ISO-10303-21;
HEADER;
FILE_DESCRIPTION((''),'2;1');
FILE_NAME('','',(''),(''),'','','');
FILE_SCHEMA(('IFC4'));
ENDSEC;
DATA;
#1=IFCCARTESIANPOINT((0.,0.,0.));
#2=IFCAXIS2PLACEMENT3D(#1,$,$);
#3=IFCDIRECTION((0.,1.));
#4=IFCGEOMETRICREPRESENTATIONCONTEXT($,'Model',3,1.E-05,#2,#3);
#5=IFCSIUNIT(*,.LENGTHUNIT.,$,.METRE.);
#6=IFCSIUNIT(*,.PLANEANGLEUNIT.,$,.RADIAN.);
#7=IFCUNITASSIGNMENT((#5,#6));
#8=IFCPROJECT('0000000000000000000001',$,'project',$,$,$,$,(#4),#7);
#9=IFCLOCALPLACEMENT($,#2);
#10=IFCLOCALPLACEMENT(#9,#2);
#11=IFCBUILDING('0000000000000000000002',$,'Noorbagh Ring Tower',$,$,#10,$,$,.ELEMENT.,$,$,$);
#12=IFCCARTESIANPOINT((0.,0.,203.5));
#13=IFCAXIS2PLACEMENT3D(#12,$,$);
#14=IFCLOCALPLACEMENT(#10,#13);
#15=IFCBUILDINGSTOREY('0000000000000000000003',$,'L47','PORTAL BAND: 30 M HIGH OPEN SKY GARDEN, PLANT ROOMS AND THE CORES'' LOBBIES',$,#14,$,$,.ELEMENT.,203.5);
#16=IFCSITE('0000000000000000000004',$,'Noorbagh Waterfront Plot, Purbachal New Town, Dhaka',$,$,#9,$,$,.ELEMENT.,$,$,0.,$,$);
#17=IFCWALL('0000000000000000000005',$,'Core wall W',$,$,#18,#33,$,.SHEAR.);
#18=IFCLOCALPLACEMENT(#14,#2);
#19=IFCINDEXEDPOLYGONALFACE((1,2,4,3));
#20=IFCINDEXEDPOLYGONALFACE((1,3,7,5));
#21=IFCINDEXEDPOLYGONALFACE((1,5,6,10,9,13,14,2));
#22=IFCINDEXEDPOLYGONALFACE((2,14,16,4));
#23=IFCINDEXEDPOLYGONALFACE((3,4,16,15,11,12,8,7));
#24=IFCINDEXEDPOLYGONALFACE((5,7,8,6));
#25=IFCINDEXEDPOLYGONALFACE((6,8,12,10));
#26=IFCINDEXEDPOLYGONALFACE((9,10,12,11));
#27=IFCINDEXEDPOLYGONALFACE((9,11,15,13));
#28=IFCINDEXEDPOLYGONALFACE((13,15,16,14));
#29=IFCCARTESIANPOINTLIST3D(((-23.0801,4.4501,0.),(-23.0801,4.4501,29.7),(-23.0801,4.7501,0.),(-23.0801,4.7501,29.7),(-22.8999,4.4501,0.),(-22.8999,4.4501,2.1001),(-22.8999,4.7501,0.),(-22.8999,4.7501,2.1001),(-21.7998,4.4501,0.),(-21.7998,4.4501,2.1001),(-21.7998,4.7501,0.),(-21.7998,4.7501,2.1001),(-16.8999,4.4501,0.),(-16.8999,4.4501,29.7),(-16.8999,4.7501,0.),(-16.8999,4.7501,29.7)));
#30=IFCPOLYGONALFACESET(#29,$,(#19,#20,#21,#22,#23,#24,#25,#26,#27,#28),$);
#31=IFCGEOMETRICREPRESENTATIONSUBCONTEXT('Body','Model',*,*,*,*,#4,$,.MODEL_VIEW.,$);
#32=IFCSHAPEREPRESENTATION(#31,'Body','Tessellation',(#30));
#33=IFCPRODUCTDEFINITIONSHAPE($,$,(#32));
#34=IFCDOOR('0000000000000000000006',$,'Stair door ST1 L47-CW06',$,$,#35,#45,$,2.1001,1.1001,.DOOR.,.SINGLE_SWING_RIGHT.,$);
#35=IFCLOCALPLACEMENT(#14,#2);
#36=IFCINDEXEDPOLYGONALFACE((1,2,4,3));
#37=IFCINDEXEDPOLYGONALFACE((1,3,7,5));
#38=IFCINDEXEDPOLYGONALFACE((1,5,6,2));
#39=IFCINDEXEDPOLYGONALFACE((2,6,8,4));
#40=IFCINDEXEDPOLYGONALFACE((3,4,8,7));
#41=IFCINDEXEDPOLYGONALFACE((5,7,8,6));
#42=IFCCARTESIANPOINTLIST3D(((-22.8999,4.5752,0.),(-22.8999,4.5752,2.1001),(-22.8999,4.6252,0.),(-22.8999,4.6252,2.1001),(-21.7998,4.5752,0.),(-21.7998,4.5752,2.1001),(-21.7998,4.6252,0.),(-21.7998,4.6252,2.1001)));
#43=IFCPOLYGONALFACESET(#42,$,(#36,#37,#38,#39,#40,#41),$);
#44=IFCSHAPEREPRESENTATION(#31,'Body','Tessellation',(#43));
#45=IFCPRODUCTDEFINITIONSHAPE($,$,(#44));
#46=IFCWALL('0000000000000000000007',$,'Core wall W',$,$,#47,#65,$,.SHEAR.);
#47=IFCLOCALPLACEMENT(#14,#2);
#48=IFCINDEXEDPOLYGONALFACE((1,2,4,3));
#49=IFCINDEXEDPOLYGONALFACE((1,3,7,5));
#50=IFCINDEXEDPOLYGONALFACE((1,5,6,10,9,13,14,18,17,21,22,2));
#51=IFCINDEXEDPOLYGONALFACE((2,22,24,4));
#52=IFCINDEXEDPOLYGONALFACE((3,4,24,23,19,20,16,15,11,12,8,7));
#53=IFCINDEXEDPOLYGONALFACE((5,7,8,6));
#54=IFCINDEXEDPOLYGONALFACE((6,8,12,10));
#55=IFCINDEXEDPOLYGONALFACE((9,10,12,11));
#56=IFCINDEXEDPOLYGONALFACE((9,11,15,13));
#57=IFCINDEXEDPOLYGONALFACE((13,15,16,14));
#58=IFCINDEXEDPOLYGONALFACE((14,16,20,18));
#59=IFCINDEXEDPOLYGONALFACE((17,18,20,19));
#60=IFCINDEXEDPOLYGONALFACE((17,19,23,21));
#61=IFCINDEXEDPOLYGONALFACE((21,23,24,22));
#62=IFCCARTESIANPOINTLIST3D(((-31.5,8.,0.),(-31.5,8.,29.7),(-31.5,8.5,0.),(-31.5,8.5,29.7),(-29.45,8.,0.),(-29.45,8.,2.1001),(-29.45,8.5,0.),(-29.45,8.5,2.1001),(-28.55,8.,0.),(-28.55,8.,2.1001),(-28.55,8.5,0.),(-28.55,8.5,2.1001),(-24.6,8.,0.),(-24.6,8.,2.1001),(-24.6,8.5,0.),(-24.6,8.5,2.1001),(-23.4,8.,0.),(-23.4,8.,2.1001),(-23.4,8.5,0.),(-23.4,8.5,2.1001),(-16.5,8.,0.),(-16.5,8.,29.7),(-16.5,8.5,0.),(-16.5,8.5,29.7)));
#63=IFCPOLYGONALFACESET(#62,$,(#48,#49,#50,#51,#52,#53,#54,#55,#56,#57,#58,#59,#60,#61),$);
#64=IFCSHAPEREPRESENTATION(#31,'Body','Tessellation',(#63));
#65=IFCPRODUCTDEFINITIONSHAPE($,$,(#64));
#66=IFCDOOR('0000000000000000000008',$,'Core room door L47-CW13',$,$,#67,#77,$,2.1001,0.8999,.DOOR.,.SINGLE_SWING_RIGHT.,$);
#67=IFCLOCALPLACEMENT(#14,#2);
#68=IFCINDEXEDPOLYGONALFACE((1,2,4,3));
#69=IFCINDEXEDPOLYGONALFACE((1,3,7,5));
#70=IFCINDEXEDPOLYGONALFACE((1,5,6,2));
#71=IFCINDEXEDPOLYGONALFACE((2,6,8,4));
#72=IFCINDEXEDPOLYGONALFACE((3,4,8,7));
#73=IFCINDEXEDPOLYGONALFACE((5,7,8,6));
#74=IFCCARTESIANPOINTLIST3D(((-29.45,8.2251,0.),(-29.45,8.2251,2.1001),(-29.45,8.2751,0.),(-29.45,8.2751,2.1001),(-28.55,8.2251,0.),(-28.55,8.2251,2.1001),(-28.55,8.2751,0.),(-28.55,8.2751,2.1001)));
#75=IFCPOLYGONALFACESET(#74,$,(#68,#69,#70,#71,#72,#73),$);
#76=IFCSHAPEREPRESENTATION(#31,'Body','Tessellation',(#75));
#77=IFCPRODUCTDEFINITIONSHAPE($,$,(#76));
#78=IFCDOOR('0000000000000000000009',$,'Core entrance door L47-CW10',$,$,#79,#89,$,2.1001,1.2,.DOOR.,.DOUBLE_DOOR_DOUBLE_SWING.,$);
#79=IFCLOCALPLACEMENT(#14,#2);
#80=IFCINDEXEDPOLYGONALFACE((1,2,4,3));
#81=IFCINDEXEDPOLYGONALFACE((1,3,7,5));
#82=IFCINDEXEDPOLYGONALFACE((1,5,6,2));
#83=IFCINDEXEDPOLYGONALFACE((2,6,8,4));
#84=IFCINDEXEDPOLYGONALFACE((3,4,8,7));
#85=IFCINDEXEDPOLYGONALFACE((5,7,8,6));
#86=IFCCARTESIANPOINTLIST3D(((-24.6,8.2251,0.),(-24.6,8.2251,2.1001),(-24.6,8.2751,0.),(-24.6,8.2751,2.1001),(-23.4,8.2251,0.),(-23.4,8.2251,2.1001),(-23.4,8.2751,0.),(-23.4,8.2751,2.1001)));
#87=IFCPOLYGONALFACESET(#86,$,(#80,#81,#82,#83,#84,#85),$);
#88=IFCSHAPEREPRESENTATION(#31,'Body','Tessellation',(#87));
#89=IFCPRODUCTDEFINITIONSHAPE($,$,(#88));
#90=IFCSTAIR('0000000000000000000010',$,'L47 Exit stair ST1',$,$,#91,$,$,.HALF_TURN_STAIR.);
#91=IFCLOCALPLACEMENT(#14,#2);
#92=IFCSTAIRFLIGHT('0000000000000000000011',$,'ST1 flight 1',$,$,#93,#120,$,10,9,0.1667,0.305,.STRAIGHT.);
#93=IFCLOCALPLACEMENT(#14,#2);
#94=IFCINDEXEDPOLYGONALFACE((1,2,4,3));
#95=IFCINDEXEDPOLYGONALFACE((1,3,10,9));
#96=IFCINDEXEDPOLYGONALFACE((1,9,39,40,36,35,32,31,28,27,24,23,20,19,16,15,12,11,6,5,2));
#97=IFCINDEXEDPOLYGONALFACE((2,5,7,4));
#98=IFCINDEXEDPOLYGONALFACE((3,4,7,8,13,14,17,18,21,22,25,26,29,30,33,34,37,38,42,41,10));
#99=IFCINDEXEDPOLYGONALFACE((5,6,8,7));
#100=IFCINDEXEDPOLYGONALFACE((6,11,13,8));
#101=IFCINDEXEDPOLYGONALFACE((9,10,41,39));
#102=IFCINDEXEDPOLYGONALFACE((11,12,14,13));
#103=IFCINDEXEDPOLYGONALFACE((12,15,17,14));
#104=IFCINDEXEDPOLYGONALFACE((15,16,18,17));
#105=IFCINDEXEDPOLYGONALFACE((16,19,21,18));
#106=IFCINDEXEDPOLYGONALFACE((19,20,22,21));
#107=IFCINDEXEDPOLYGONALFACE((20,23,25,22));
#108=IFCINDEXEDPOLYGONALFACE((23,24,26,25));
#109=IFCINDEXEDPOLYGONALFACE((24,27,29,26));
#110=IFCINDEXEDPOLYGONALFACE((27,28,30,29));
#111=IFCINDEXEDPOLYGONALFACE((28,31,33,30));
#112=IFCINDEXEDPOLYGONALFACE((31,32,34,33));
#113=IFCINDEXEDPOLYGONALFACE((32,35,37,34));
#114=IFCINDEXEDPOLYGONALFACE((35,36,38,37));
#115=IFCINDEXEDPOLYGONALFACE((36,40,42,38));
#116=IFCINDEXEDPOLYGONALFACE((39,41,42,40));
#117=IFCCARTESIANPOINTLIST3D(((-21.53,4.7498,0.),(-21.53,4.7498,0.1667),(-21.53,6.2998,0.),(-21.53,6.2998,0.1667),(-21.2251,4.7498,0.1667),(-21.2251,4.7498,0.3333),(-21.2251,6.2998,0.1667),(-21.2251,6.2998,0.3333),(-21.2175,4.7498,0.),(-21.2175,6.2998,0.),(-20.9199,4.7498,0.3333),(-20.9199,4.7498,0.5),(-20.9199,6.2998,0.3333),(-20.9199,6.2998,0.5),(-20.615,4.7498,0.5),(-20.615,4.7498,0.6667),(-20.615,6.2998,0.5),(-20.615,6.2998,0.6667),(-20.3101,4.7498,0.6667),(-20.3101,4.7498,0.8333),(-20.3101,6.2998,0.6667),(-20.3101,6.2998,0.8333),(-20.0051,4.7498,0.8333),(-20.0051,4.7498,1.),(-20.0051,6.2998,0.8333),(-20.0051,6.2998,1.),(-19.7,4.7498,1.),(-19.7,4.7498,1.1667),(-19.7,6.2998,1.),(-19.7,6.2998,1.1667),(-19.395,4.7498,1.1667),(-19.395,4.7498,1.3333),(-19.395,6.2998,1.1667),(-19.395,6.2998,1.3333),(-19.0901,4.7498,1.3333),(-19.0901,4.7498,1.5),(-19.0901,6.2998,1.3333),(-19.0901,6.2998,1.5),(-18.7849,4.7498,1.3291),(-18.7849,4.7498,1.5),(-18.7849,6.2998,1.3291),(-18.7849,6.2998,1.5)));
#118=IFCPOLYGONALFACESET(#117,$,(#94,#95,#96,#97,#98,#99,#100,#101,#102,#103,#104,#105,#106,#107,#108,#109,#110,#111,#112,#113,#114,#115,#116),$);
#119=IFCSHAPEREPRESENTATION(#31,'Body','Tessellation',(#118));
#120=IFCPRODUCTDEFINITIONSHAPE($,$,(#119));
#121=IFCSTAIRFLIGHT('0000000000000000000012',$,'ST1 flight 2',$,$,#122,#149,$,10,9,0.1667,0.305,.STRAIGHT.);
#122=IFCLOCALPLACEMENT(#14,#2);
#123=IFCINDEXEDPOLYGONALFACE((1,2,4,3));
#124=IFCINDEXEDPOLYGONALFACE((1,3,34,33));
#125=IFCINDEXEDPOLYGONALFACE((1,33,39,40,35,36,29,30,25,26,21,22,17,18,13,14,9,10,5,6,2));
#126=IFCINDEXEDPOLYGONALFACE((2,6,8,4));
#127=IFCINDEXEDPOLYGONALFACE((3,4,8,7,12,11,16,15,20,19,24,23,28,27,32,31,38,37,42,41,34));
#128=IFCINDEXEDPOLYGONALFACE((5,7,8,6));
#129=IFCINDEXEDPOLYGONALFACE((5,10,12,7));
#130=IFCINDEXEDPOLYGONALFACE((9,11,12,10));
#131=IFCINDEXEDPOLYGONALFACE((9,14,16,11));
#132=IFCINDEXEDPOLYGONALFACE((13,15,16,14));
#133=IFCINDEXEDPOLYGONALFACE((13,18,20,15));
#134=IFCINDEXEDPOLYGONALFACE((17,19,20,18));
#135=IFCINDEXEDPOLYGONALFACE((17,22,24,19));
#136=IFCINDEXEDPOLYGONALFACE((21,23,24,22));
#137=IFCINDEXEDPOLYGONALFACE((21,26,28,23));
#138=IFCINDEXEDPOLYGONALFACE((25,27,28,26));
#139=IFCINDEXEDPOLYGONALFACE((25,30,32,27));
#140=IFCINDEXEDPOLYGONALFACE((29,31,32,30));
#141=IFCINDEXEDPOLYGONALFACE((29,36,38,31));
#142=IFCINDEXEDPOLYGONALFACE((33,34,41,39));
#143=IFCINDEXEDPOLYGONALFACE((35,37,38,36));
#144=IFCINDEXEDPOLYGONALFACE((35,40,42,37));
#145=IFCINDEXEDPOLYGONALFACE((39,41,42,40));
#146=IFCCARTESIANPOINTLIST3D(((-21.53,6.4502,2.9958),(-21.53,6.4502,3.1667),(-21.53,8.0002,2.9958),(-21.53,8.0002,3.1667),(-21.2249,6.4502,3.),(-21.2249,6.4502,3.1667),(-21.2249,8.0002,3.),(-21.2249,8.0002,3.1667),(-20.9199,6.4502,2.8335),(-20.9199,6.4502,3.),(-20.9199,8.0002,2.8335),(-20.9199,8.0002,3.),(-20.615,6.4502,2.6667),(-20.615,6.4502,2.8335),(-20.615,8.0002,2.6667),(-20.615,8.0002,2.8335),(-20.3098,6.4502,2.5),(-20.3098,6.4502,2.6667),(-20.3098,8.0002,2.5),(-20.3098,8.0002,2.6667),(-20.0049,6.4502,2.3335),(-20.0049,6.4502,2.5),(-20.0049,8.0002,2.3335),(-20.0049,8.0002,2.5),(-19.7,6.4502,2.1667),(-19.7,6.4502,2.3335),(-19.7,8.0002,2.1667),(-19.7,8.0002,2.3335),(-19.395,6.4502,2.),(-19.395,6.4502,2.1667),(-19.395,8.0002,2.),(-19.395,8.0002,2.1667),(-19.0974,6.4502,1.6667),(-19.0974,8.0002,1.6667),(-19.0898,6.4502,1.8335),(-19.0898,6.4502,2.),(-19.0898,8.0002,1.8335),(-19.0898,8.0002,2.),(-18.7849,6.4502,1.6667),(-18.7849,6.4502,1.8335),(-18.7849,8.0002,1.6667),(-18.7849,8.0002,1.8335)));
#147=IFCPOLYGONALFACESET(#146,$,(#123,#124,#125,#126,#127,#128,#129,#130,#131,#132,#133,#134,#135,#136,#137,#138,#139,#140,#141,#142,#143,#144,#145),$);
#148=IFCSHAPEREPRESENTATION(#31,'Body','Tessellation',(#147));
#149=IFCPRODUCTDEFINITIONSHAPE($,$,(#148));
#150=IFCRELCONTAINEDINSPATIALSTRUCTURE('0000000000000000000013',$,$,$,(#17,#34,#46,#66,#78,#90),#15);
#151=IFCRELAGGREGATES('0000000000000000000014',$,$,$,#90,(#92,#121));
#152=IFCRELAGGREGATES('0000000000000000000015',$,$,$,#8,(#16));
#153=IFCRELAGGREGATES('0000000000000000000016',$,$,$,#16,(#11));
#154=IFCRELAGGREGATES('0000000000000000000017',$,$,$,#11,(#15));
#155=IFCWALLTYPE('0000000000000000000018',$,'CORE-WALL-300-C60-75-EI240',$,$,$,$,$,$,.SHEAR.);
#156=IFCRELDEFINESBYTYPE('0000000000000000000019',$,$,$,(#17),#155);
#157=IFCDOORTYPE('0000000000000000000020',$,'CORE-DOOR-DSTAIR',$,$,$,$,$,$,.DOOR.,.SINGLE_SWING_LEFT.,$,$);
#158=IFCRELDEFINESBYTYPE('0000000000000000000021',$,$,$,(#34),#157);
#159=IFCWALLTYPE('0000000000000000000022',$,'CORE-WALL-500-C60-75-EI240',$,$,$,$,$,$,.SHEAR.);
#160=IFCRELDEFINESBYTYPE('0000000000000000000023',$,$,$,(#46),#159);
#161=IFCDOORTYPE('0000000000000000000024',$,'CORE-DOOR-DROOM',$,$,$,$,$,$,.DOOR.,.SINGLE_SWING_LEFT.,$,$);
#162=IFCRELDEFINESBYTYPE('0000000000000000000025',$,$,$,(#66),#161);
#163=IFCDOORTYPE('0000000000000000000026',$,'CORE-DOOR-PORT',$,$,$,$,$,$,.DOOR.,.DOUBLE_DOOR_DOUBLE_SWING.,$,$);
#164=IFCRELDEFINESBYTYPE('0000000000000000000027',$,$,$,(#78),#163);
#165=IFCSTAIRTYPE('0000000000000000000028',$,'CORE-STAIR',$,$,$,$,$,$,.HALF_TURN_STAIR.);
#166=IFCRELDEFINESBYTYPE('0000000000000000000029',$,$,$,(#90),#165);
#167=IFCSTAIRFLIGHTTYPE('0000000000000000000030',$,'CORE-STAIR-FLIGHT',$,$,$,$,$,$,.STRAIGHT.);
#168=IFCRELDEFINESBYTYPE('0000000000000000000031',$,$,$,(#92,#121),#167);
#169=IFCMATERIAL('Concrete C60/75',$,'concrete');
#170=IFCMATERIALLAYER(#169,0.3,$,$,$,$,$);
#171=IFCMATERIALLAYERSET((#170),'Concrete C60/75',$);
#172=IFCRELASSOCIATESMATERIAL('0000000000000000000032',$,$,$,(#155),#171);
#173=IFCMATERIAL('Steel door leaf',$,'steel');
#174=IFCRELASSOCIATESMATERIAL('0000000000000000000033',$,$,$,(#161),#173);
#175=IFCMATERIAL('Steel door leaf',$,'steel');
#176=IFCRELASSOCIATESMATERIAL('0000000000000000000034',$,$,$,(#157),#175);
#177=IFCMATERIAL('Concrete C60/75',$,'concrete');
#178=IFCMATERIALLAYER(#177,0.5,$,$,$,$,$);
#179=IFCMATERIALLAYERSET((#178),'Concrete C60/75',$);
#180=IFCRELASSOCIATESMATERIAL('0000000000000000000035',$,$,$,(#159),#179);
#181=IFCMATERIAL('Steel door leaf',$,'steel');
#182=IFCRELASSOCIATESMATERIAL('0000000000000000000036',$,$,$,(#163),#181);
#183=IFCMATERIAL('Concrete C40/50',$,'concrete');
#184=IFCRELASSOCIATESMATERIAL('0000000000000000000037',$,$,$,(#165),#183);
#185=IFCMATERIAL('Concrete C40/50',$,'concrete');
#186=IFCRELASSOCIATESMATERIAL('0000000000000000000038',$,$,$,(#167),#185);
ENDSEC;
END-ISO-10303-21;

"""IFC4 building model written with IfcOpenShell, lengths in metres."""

from ifc_helpers import new_model, si_unit, direction, frame, frame_2d, origin, place, context, subcontext, project, spatial, polyline, rectangle, outline, extrude, material, layer, layer_set, type_object, element, fill, aggregate, save


model = new_model("IFC4")

# Units and contexts
model_context = context("Model", 3, precision=1e-05, world=origin(), true_north=direction((0.0, 1.0)))
body_context = subcontext(model_context, "Body", "Model", "MODEL_VIEW")
ifc_project = project(units=[si_unit("LENGTHUNIT", "METRE"), si_unit("PLANEANGLEUNIT", "RADIAN")], contexts=[model_context])

# Site, building, storey
site_placement = place(None, origin())
site = spatial("IfcSite", under=ifc_project, at=site_placement, Name="Noorbagh Waterfront Plot, Purbachal New Town, Dhaka", CompositionType="ELEMENT", RefElevation=0.0)
building_placement = place(site_placement, origin())
building = spatial("IfcBuilding", under=site, at=building_placement, Name="Noorbagh Ring Tower", CompositionType="ELEMENT")
storey_placement = place(building_placement, frame((0.0, 0.0, 203.5)))
storey = spatial("IfcBuildingStorey", under=building, at=storey_placement, Name="L47", Description="PORTAL BAND: 30 M HIGH OPEN SKY GARDEN, PLANT ROOMS AND THE CORES' LOBBIES", CompositionType="ELEMENT", Elevation=203.5)

# Wall, opening, door
ifc_material_1 = material(Name="Concrete C60/75", Category="concrete")
ifc_layer_1 = layer(ifc_material_1, 0.3)
ifc_layer_set_1 = layer_set([ifc_layer_1], Name="Concrete C60/75")
wall_type_1 = type_object("IfcWallType", Name="CORE-WALL-300-C60-75-EI240", PredefinedType="SHEAR", material=ifc_layer_set_1)
ifc_material_2 = material(Name="Steel door leaf", Category="steel")
door_type_1 = type_object("IfcDoorType", Name="CORE-DOOR-DROOM", OperationType="SINGLE_SWING_LEFT", PredefinedType="DOOR", material=ifc_material_2)
wall_1_placement = place(storey_placement, frame((-16.8999, 4.6001, 0.0), z_axis=(0.0, 0.0, 1.0), x_axis=(-1.0, 0.0, 0.0)))
wall_1 = element("IfcWall", 1, at=wall_1_placement, inside=storey, type_object=wall_type_1, Name="Core wall W", PredefinedType="SHEAR", context=body_context, shape_type="SweptSolid", body=[
    extrude(rectangle(XDim=6.1802, YDim=0.3, at=frame_2d((3.0901, 0.0))), origin(), (0.0, 0.0, 1.0), 29.7),
])
opening_1_placement = place(wall_1_placement, frame((4.8999, 0.0, 0.0)))
opening_1 = element("IfcOpeningElement", 2, at=opening_1_placement, cuts=wall_1, PredefinedType="OPENING", context=body_context, shape_type="SweptSolid", body=[
    extrude(rectangle(XDim=1.1001, YDim=2.1001, at=frame_2d((0.55, 1.05))), frame((0.0, 0.1602, 0.0), z_axis=(0.0, -1.0, 0.0), x_axis=(1.0, 0.0, 0.0)), (0.0, 0.0, 1.0), 0.3201),
])
ifc_material_3 = material(Name="Steel door leaf", Category="steel")
door_type_2 = type_object("IfcDoorType", Name="CORE-DOOR-DSTAIR", OperationType="SINGLE_SWING_LEFT", PredefinedType="DOOR", material=ifc_material_3)
door_1_placement = place(opening_1_placement, origin())
door_1 = element("IfcDoor", 3, at=door_1_placement, inside=storey, type_object=door_type_2, Name="Stair door ST1 L47-CW06", OperationType="SINGLE_SWING_RIGHT", OverallHeight=2.1001, OverallWidth=1.1001, PredefinedType="DOOR", context=body_context, shape_type="SweptSolid", body=[
    extrude(rectangle(XDim=1.1001, YDim=2.1001, at=frame_2d((0.55, 1.05))), frame((0.0, 0.0249, 0.0), z_axis=(0.0, -1.0, 0.0), x_axis=(1.0, 0.0, 0.0)), (0.0, 0.0, 1.0), 0.05),
])
fill(opening_1, door_1)

# Wall, openings, doors
ifc_material_4 = material(Name="Concrete C60/75", Category="concrete")
ifc_layer_2 = layer(ifc_material_4, 0.5)
ifc_layer_set_2 = layer_set([ifc_layer_2], Name="Concrete C60/75")
wall_type_2 = type_object("IfcWallType", Name="CORE-WALL-500-C60-75-EI240", PredefinedType="SHEAR", material=ifc_layer_set_2)
wall_2_placement = place(storey_placement, frame((-16.5, 8.25, 0.0), z_axis=(0.0, 0.0, 1.0), x_axis=(-1.0, 0.0, 0.0)))
wall_2 = element("IfcWall", 4, at=wall_2_placement, inside=storey, type_object=wall_type_2, Name="Core wall W", PredefinedType="SHEAR", context=body_context, shape_type="SweptSolid", body=[
    extrude(rectangle(XDim=15.0, YDim=0.5, at=frame_2d((7.5, 0.0))), origin(), (0.0, 0.0, 1.0), 29.7),
])
opening_2_placement = place(wall_2_placement, frame((6.8999, 0.0, 0.0)))
opening_2 = element("IfcOpeningElement", 5, at=opening_2_placement, cuts=wall_2, PredefinedType="OPENING", context=body_context, shape_type="SweptSolid", body=[
    extrude(rectangle(XDim=1.2, YDim=2.1001, at=frame_2d((0.6001, 1.05))), frame((0.0, 0.26, 0.0), z_axis=(0.0, -1.0, 0.0), x_axis=(1.0, 0.0, 0.0)), (0.0, 0.0, 1.0), 0.52),
])
opening_3_placement = place(wall_2_placement, frame((12.05, 0.0, 0.0)))
opening_3 = element("IfcOpeningElement", 6, at=opening_3_placement, cuts=wall_2, PredefinedType="OPENING", context=body_context, shape_type="SweptSolid", body=[
    extrude(rectangle(XDim=0.8999, YDim=2.1001, at=frame_2d((0.45, 1.05))), frame((0.0, 0.26, 0.0), z_axis=(0.0, -1.0, 0.0), x_axis=(1.0, 0.0, 0.0)), (0.0, 0.0, 1.0), 0.52),
])
door_2_placement = place(opening_3_placement, origin())
door_2 = element("IfcDoor", 7, at=door_2_placement, inside=storey, type_object=door_type_1, Name="Core room door L47-CW13", OperationType="SINGLE_SWING_RIGHT", OverallHeight=2.1001, OverallWidth=0.8999, PredefinedType="DOOR", context=body_context, shape_type="SweptSolid", body=[
    extrude(rectangle(XDim=0.8999, YDim=2.1001, at=frame_2d((0.45, 1.05))), frame((0.0, 0.0249, 0.0), z_axis=(0.0, -1.0, 0.0), x_axis=(1.0, 0.0, 0.0)), (0.0, 0.0, 1.0), 0.05),
])
fill(opening_3, door_2)
ifc_material_5 = material(Name="Steel door leaf", Category="steel")
door_type_3 = type_object("IfcDoorType", Name="CORE-DOOR-PORT", OperationType="DOUBLE_DOOR_DOUBLE_SWING", PredefinedType="DOOR", material=ifc_material_5)
door_3_placement = place(opening_2_placement, origin())
door_3 = element("IfcDoor", 8, at=door_3_placement, inside=storey, type_object=door_type_3, Name="Core entrance door L47-CW10", OperationType="DOUBLE_DOOR_DOUBLE_SWING", OverallHeight=2.1001, OverallWidth=1.2, PredefinedType="DOOR", context=body_context, shape_type="SweptSolid", body=[
    extrude(rectangle(XDim=1.2, YDim=2.1001, at=frame_2d((0.6001, 1.05))), frame((0.0, 0.0249, 0.0), z_axis=(0.0, -1.0, 0.0), x_axis=(1.0, 0.0, 0.0)), (0.0, 0.0, 1.0), 0.05),
])
fill(opening_2, door_3)

# Stair, stair flights
ifc_material_6 = material(Name="Concrete C40/50", Category="concrete")
stair_type = type_object("IfcStairType", Name="CORE-STAIR", PredefinedType="HALF_TURN_STAIR", material=ifc_material_6)
stair_placement = place(storey_placement, origin())
stair = element("IfcStair", 9, at=stair_placement, inside=storey, type_object=stair_type, Name="L47 Exit stair ST1", PredefinedType="HALF_TURN_STAIR")
ifc_material_7 = material(Name="Concrete C40/50", Category="concrete")
stair_flight_type = type_object("IfcStairFlightType", Name="CORE-STAIR-FLIGHT", PredefinedType="STRAIGHT", material=ifc_material_7)
stair_flight_1_placement = place(storey_placement, frame((-21.53, 5.5249, 0.0), z_axis=(0.0, 0.0, 1.0), x_axis=(1.0, 0.0, 0.0)))
stair_flight_1 = element("IfcStairFlight", 10, at=stair_flight_1_placement, type_object=stair_flight_type, Name="ST1 flight 1", NumberOfRisers=10, NumberOfTreads=9, PredefinedType="STRAIGHT", RiserHeight=0.1667, TreadLength=0.305, context=body_context, shape_type="SweptSolid", body=[
    extrude(outline(polyline([(0.0, 0.0), (0.0, 0.1667), (0.3049, 0.1667), (0.3049, 0.3333), (0.6101, 0.3333), (0.6101, 0.5), (0.915, 0.5), (0.915, 0.6667), (1.22, 0.6667), (1.22, 0.8333), (1.5249, 0.8333), (1.5249, 1.0), (1.8301, 1.0), (1.8301, 1.1667), (2.135, 1.1667), (2.135, 1.3333), (2.4399, 1.3333), (2.4399, 1.5), (2.7451, 1.5), (2.7451, 1.6667), (2.7451, 1.3291), (0.3125, 0.0), (0.0, 0.0)])), frame((0.0, 0.7749, 0.0), z_axis=(0.0, -1.0, 0.0), x_axis=(1.0, 0.0, 0.0)), (0.0, 0.0, 1.0), 1.55),
])
stair_flight_2_placement = place(storey_placement, frame((-18.7849, 7.2251, 1.6667), z_axis=(0.0, 0.0, 1.0), x_axis=(-1.0, 0.0, 0.0)))
stair_flight_2 = element("IfcStairFlight", 11, at=stair_flight_2_placement, type_object=stair_flight_type, Name="ST1 flight 2", NumberOfRisers=10, NumberOfTreads=9, PredefinedType="STRAIGHT", RiserHeight=0.1667, TreadLength=0.305, context=body_context, shape_type="SweptSolid", body=[
    extrude(outline(polyline([(0.0, 0.0), (0.0, 0.1667), (0.3049, 0.1667), (0.3049, 0.3333), (0.6101, 0.3333), (0.6101, 0.5), (0.915, 0.5), (0.915, 0.6667), (1.22, 0.6667), (1.22, 0.8333), (1.5249, 0.8333), (1.5249, 1.0), (1.8301, 1.0), (1.8301, 1.1667), (2.135, 1.1667), (2.135, 1.3333), (2.4399, 1.3333), (2.4399, 1.5), (2.7451, 1.5), (2.7451, 1.6667), (2.7451, 1.3291), (0.3125, 0.0), (0.0, 0.0)])), frame((0.0, 0.7749, 0.0), z_axis=(0.0, -1.0, 0.0), x_axis=(1.0, 0.0, 0.0)), (0.0, 0.0, 1.0), 1.55),
])
aggregate(stair, [stair_flight_1, stair_flight_2])

save(model, "model.ifc")
